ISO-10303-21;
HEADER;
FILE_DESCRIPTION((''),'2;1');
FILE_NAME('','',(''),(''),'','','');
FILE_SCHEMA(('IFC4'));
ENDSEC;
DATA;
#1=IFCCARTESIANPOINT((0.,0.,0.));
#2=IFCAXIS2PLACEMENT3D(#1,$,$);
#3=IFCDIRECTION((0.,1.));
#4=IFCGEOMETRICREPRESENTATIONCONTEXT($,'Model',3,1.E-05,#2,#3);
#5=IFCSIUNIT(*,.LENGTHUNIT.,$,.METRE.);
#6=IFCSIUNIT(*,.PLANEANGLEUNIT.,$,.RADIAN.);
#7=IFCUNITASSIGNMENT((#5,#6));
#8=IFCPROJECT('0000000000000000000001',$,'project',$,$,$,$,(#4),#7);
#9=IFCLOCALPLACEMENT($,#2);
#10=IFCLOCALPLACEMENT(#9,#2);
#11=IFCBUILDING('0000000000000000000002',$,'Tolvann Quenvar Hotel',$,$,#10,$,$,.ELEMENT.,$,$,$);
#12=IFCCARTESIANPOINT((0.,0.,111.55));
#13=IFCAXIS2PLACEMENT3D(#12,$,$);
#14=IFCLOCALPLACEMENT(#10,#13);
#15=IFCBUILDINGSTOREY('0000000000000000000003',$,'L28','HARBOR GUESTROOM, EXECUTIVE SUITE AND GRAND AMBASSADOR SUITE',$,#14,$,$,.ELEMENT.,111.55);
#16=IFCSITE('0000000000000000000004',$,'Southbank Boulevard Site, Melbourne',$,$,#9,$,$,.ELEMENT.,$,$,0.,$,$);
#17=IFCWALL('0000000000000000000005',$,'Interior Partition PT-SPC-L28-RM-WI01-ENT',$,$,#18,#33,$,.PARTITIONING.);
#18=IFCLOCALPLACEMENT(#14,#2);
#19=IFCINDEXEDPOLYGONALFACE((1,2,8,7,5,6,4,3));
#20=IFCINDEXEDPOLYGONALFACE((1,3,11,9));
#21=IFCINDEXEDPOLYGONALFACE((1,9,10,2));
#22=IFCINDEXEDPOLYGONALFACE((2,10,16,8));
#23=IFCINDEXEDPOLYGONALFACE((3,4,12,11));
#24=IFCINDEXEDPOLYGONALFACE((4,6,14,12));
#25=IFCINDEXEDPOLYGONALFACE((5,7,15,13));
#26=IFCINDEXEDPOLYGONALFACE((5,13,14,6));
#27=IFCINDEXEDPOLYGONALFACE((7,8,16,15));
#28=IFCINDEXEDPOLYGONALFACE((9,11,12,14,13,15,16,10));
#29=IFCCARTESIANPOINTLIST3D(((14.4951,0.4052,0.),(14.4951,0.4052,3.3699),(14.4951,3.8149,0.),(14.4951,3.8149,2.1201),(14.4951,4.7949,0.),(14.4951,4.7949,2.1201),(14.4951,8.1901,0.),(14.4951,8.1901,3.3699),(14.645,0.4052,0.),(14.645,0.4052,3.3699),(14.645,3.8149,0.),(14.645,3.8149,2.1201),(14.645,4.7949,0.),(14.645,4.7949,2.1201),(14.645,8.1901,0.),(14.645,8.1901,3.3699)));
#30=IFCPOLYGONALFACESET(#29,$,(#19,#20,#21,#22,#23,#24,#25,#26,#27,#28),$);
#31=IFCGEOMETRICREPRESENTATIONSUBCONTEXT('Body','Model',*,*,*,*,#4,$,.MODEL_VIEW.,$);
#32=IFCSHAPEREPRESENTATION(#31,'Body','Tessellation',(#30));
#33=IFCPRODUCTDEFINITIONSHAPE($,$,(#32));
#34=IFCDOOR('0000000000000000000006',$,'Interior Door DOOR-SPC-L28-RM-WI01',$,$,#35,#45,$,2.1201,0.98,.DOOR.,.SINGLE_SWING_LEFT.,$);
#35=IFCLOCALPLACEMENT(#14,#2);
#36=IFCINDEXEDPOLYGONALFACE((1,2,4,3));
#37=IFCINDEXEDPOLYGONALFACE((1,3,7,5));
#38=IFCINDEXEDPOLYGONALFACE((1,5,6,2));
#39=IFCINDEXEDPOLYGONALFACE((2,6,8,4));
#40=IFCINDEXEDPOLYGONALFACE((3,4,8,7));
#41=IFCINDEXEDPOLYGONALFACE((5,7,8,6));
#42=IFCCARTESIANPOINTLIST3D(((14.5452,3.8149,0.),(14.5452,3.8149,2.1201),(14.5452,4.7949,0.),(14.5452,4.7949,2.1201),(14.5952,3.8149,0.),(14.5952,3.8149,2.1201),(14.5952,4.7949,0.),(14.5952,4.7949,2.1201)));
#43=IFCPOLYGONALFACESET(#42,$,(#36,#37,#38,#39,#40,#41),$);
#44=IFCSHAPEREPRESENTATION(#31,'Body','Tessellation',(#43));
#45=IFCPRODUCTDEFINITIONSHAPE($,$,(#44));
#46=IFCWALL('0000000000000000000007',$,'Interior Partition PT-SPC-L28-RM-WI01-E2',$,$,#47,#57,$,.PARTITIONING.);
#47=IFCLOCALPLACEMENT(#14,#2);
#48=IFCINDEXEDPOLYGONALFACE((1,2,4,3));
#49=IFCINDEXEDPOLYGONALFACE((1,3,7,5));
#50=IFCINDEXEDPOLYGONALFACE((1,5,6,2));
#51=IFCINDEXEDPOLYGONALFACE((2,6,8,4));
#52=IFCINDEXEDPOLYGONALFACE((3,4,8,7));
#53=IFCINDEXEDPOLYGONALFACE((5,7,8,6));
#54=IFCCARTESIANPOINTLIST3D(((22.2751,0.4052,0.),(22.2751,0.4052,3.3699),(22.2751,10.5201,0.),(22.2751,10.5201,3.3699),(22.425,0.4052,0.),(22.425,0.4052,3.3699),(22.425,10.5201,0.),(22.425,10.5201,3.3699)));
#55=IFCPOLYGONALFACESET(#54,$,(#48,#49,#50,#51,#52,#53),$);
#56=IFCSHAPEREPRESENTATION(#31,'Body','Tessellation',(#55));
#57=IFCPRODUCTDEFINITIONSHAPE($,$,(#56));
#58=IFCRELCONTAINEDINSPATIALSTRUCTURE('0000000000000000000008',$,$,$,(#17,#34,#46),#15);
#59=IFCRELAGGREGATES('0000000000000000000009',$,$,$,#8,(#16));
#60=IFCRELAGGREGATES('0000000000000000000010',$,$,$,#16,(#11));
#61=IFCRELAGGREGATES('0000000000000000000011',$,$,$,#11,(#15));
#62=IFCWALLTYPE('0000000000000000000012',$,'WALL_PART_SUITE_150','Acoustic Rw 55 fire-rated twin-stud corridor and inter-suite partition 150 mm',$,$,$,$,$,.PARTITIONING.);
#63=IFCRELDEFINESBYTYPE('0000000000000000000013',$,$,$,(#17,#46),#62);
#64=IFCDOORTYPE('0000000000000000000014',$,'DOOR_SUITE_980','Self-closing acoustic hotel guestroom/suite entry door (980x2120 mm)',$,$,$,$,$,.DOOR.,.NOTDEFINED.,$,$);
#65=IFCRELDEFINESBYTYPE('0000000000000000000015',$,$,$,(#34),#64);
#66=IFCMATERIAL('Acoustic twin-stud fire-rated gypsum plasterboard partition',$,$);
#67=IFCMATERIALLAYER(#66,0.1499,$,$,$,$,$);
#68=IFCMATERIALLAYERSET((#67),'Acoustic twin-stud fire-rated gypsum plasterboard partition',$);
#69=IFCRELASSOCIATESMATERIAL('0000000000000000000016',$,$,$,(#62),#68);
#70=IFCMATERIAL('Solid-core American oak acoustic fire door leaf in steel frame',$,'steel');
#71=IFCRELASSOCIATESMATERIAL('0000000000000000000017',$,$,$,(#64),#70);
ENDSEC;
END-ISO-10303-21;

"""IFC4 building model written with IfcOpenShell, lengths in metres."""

from ifc_helpers import new_model, si_unit, direction, frame, frame_2d, origin, place, context, subcontext, project, spatial, rectangle, extrude, source, transform, mapped, material, layer, layer_set, type_object, type_shapes, element, fill, save


model = new_model("IFC4")

# Units and contexts
model_context = context("Model", 3, precision=1e-05, world=origin(), true_north=direction((0.0, 1.0)))
body_context = subcontext(model_context, "Body", "Model", "MODEL_VIEW")
ifc_project = project(units=[si_unit("LENGTHUNIT", "METRE"), si_unit("PLANEANGLEUNIT", "RADIAN")], contexts=[model_context])

# Site, building, storey
site_placement = place(None, origin())
site = spatial("IfcSite", under=ifc_project, at=site_placement, Name="Southbank Boulevard Site, Melbourne", CompositionType="ELEMENT", RefElevation=0.0)
building_placement = place(site_placement, origin())
building = spatial("IfcBuilding", under=site, at=building_placement, Name="Tolvann Quenvar Hotel", CompositionType="ELEMENT")
storey_placement = place(building_placement, frame((0.0, 0.0, 111.55)))
storey = spatial("IfcBuildingStorey", under=building, at=storey_placement, Name="L28", Description="HARBOR GUESTROOM, EXECUTIVE SUITE AND GRAND AMBASSADOR SUITE", CompositionType="ELEMENT", Elevation=111.55)

# Wall, opening, door
ifc_material_1 = material(Name="Acoustic twin-stud fire-rated gypsum plasterboard partition")
ifc_layer_1 = layer(ifc_material_1, 0.1499)
ifc_layer_set_1 = layer_set([ifc_layer_1], Name="Acoustic twin-stud fire-rated gypsum plasterboard partition")
wall_type = type_object("IfcWallType", Name="WALL_PART_SUITE_150", Description="Acoustic Rw 55 fire-rated twin-stud corridor and inter-suite partition 150 mm", PredefinedType="PARTITIONING", material=ifc_layer_set_1)
wall_1_placement = place(storey_placement, frame((14.5701, 0.405, 0.0), z_axis=(0.0, 0.0, 1.0), x_axis=(0.0, 1.0, 0.0)))
wall_1 = element("IfcWall", 1, at=wall_1_placement, inside=storey, type_object=wall_type, Name="Interior Partition PT-SPC-L28-RM-WI01-ENT", PredefinedType="PARTITIONING", context=body_context, shape_type="SweptSolid", body=[
    extrude(rectangle(XDim=7.7849, YDim=0.1499, at=frame_2d((3.8926, 0.0))), origin(), (0.0, 0.0, 1.0), 3.3699),
])
opening_placement = place(wall_1_placement, frame((3.4099, 0.0, 0.0)))
opening = element("IfcOpeningElement", 2, at=opening_placement, cuts=wall_1, PredefinedType="OPENING", context=body_context, shape_type="SweptSolid", body=[
    extrude(rectangle(XDim=0.98, YDim=2.1201, at=frame_2d((0.49, 1.0601))), frame((0.0, 0.085, 0.0), z_axis=(0.0, -1.0, 0.0), x_axis=(1.0, 0.0, 0.0)), (0.0, 0.0, 1.0), 0.1699),
])
ifc_material_2 = material(Name="Solid-core American oak acoustic fire door leaf in steel frame", Category="steel")
door_type = type_object("IfcDoorType", Name="DOOR_SUITE_980", Description="Self-closing acoustic hotel guestroom/suite entry door (980x2120 mm)", OperationType="NOTDEFINED", PredefinedType="DOOR", material=ifc_material_2)
shared_shape_1 = source(origin(), body_context, "Body", "SweptSolid", [
    extrude(rectangle(XDim=0.98, YDim=2.1201, at=frame_2d((0.49, 1.0601))), frame((0.0, 0.0249, 0.0), z_axis=(0.0, -1.0, 0.0), x_axis=(1.0, 0.0, 0.0)), (0.0, 0.0, 1.0), 0.05),
])
type_shapes(door_type, [shared_shape_1])
door_placement = place(opening_placement, origin())
door = element("IfcDoor", 3, at=door_placement, inside=storey, type_object=door_type, Name="Interior Door DOOR-SPC-L28-RM-WI01", OperationType="SINGLE_SWING_LEFT", OverallHeight=2.1201, OverallWidth=0.98, PredefinedType="DOOR", context=body_context, shape_type="MappedRepresentation", body=[
    mapped(shared_shape_1, transform((0.0, 0.0, 0.0), x_axis=(1.0, 0.0, 0.0), y_axis=(0.0, 1.0, 0.0), z_axis=(0.0, 0.0, 1.0), scale=1.0)),
])
fill(opening, door)

# Wall
wall_2_placement = place(storey_placement, frame((22.3501, 0.405, 0.0), z_axis=(0.0, 0.0, 1.0), x_axis=(0.0, 1.0, 0.0)))
element("IfcWall", 4, at=wall_2_placement, inside=storey, type_object=wall_type, Name="Interior Partition PT-SPC-L28-RM-WI01-E2", PredefinedType="PARTITIONING", context=body_context, shape_type="SweptSolid", body=[
    extrude(rectangle(XDim=10.115, YDim=0.1499, at=frame_2d((5.0576, 0.0))), origin(), (0.0, 0.0, 1.0), 3.3699),
])

save(model, "model.ifc")
